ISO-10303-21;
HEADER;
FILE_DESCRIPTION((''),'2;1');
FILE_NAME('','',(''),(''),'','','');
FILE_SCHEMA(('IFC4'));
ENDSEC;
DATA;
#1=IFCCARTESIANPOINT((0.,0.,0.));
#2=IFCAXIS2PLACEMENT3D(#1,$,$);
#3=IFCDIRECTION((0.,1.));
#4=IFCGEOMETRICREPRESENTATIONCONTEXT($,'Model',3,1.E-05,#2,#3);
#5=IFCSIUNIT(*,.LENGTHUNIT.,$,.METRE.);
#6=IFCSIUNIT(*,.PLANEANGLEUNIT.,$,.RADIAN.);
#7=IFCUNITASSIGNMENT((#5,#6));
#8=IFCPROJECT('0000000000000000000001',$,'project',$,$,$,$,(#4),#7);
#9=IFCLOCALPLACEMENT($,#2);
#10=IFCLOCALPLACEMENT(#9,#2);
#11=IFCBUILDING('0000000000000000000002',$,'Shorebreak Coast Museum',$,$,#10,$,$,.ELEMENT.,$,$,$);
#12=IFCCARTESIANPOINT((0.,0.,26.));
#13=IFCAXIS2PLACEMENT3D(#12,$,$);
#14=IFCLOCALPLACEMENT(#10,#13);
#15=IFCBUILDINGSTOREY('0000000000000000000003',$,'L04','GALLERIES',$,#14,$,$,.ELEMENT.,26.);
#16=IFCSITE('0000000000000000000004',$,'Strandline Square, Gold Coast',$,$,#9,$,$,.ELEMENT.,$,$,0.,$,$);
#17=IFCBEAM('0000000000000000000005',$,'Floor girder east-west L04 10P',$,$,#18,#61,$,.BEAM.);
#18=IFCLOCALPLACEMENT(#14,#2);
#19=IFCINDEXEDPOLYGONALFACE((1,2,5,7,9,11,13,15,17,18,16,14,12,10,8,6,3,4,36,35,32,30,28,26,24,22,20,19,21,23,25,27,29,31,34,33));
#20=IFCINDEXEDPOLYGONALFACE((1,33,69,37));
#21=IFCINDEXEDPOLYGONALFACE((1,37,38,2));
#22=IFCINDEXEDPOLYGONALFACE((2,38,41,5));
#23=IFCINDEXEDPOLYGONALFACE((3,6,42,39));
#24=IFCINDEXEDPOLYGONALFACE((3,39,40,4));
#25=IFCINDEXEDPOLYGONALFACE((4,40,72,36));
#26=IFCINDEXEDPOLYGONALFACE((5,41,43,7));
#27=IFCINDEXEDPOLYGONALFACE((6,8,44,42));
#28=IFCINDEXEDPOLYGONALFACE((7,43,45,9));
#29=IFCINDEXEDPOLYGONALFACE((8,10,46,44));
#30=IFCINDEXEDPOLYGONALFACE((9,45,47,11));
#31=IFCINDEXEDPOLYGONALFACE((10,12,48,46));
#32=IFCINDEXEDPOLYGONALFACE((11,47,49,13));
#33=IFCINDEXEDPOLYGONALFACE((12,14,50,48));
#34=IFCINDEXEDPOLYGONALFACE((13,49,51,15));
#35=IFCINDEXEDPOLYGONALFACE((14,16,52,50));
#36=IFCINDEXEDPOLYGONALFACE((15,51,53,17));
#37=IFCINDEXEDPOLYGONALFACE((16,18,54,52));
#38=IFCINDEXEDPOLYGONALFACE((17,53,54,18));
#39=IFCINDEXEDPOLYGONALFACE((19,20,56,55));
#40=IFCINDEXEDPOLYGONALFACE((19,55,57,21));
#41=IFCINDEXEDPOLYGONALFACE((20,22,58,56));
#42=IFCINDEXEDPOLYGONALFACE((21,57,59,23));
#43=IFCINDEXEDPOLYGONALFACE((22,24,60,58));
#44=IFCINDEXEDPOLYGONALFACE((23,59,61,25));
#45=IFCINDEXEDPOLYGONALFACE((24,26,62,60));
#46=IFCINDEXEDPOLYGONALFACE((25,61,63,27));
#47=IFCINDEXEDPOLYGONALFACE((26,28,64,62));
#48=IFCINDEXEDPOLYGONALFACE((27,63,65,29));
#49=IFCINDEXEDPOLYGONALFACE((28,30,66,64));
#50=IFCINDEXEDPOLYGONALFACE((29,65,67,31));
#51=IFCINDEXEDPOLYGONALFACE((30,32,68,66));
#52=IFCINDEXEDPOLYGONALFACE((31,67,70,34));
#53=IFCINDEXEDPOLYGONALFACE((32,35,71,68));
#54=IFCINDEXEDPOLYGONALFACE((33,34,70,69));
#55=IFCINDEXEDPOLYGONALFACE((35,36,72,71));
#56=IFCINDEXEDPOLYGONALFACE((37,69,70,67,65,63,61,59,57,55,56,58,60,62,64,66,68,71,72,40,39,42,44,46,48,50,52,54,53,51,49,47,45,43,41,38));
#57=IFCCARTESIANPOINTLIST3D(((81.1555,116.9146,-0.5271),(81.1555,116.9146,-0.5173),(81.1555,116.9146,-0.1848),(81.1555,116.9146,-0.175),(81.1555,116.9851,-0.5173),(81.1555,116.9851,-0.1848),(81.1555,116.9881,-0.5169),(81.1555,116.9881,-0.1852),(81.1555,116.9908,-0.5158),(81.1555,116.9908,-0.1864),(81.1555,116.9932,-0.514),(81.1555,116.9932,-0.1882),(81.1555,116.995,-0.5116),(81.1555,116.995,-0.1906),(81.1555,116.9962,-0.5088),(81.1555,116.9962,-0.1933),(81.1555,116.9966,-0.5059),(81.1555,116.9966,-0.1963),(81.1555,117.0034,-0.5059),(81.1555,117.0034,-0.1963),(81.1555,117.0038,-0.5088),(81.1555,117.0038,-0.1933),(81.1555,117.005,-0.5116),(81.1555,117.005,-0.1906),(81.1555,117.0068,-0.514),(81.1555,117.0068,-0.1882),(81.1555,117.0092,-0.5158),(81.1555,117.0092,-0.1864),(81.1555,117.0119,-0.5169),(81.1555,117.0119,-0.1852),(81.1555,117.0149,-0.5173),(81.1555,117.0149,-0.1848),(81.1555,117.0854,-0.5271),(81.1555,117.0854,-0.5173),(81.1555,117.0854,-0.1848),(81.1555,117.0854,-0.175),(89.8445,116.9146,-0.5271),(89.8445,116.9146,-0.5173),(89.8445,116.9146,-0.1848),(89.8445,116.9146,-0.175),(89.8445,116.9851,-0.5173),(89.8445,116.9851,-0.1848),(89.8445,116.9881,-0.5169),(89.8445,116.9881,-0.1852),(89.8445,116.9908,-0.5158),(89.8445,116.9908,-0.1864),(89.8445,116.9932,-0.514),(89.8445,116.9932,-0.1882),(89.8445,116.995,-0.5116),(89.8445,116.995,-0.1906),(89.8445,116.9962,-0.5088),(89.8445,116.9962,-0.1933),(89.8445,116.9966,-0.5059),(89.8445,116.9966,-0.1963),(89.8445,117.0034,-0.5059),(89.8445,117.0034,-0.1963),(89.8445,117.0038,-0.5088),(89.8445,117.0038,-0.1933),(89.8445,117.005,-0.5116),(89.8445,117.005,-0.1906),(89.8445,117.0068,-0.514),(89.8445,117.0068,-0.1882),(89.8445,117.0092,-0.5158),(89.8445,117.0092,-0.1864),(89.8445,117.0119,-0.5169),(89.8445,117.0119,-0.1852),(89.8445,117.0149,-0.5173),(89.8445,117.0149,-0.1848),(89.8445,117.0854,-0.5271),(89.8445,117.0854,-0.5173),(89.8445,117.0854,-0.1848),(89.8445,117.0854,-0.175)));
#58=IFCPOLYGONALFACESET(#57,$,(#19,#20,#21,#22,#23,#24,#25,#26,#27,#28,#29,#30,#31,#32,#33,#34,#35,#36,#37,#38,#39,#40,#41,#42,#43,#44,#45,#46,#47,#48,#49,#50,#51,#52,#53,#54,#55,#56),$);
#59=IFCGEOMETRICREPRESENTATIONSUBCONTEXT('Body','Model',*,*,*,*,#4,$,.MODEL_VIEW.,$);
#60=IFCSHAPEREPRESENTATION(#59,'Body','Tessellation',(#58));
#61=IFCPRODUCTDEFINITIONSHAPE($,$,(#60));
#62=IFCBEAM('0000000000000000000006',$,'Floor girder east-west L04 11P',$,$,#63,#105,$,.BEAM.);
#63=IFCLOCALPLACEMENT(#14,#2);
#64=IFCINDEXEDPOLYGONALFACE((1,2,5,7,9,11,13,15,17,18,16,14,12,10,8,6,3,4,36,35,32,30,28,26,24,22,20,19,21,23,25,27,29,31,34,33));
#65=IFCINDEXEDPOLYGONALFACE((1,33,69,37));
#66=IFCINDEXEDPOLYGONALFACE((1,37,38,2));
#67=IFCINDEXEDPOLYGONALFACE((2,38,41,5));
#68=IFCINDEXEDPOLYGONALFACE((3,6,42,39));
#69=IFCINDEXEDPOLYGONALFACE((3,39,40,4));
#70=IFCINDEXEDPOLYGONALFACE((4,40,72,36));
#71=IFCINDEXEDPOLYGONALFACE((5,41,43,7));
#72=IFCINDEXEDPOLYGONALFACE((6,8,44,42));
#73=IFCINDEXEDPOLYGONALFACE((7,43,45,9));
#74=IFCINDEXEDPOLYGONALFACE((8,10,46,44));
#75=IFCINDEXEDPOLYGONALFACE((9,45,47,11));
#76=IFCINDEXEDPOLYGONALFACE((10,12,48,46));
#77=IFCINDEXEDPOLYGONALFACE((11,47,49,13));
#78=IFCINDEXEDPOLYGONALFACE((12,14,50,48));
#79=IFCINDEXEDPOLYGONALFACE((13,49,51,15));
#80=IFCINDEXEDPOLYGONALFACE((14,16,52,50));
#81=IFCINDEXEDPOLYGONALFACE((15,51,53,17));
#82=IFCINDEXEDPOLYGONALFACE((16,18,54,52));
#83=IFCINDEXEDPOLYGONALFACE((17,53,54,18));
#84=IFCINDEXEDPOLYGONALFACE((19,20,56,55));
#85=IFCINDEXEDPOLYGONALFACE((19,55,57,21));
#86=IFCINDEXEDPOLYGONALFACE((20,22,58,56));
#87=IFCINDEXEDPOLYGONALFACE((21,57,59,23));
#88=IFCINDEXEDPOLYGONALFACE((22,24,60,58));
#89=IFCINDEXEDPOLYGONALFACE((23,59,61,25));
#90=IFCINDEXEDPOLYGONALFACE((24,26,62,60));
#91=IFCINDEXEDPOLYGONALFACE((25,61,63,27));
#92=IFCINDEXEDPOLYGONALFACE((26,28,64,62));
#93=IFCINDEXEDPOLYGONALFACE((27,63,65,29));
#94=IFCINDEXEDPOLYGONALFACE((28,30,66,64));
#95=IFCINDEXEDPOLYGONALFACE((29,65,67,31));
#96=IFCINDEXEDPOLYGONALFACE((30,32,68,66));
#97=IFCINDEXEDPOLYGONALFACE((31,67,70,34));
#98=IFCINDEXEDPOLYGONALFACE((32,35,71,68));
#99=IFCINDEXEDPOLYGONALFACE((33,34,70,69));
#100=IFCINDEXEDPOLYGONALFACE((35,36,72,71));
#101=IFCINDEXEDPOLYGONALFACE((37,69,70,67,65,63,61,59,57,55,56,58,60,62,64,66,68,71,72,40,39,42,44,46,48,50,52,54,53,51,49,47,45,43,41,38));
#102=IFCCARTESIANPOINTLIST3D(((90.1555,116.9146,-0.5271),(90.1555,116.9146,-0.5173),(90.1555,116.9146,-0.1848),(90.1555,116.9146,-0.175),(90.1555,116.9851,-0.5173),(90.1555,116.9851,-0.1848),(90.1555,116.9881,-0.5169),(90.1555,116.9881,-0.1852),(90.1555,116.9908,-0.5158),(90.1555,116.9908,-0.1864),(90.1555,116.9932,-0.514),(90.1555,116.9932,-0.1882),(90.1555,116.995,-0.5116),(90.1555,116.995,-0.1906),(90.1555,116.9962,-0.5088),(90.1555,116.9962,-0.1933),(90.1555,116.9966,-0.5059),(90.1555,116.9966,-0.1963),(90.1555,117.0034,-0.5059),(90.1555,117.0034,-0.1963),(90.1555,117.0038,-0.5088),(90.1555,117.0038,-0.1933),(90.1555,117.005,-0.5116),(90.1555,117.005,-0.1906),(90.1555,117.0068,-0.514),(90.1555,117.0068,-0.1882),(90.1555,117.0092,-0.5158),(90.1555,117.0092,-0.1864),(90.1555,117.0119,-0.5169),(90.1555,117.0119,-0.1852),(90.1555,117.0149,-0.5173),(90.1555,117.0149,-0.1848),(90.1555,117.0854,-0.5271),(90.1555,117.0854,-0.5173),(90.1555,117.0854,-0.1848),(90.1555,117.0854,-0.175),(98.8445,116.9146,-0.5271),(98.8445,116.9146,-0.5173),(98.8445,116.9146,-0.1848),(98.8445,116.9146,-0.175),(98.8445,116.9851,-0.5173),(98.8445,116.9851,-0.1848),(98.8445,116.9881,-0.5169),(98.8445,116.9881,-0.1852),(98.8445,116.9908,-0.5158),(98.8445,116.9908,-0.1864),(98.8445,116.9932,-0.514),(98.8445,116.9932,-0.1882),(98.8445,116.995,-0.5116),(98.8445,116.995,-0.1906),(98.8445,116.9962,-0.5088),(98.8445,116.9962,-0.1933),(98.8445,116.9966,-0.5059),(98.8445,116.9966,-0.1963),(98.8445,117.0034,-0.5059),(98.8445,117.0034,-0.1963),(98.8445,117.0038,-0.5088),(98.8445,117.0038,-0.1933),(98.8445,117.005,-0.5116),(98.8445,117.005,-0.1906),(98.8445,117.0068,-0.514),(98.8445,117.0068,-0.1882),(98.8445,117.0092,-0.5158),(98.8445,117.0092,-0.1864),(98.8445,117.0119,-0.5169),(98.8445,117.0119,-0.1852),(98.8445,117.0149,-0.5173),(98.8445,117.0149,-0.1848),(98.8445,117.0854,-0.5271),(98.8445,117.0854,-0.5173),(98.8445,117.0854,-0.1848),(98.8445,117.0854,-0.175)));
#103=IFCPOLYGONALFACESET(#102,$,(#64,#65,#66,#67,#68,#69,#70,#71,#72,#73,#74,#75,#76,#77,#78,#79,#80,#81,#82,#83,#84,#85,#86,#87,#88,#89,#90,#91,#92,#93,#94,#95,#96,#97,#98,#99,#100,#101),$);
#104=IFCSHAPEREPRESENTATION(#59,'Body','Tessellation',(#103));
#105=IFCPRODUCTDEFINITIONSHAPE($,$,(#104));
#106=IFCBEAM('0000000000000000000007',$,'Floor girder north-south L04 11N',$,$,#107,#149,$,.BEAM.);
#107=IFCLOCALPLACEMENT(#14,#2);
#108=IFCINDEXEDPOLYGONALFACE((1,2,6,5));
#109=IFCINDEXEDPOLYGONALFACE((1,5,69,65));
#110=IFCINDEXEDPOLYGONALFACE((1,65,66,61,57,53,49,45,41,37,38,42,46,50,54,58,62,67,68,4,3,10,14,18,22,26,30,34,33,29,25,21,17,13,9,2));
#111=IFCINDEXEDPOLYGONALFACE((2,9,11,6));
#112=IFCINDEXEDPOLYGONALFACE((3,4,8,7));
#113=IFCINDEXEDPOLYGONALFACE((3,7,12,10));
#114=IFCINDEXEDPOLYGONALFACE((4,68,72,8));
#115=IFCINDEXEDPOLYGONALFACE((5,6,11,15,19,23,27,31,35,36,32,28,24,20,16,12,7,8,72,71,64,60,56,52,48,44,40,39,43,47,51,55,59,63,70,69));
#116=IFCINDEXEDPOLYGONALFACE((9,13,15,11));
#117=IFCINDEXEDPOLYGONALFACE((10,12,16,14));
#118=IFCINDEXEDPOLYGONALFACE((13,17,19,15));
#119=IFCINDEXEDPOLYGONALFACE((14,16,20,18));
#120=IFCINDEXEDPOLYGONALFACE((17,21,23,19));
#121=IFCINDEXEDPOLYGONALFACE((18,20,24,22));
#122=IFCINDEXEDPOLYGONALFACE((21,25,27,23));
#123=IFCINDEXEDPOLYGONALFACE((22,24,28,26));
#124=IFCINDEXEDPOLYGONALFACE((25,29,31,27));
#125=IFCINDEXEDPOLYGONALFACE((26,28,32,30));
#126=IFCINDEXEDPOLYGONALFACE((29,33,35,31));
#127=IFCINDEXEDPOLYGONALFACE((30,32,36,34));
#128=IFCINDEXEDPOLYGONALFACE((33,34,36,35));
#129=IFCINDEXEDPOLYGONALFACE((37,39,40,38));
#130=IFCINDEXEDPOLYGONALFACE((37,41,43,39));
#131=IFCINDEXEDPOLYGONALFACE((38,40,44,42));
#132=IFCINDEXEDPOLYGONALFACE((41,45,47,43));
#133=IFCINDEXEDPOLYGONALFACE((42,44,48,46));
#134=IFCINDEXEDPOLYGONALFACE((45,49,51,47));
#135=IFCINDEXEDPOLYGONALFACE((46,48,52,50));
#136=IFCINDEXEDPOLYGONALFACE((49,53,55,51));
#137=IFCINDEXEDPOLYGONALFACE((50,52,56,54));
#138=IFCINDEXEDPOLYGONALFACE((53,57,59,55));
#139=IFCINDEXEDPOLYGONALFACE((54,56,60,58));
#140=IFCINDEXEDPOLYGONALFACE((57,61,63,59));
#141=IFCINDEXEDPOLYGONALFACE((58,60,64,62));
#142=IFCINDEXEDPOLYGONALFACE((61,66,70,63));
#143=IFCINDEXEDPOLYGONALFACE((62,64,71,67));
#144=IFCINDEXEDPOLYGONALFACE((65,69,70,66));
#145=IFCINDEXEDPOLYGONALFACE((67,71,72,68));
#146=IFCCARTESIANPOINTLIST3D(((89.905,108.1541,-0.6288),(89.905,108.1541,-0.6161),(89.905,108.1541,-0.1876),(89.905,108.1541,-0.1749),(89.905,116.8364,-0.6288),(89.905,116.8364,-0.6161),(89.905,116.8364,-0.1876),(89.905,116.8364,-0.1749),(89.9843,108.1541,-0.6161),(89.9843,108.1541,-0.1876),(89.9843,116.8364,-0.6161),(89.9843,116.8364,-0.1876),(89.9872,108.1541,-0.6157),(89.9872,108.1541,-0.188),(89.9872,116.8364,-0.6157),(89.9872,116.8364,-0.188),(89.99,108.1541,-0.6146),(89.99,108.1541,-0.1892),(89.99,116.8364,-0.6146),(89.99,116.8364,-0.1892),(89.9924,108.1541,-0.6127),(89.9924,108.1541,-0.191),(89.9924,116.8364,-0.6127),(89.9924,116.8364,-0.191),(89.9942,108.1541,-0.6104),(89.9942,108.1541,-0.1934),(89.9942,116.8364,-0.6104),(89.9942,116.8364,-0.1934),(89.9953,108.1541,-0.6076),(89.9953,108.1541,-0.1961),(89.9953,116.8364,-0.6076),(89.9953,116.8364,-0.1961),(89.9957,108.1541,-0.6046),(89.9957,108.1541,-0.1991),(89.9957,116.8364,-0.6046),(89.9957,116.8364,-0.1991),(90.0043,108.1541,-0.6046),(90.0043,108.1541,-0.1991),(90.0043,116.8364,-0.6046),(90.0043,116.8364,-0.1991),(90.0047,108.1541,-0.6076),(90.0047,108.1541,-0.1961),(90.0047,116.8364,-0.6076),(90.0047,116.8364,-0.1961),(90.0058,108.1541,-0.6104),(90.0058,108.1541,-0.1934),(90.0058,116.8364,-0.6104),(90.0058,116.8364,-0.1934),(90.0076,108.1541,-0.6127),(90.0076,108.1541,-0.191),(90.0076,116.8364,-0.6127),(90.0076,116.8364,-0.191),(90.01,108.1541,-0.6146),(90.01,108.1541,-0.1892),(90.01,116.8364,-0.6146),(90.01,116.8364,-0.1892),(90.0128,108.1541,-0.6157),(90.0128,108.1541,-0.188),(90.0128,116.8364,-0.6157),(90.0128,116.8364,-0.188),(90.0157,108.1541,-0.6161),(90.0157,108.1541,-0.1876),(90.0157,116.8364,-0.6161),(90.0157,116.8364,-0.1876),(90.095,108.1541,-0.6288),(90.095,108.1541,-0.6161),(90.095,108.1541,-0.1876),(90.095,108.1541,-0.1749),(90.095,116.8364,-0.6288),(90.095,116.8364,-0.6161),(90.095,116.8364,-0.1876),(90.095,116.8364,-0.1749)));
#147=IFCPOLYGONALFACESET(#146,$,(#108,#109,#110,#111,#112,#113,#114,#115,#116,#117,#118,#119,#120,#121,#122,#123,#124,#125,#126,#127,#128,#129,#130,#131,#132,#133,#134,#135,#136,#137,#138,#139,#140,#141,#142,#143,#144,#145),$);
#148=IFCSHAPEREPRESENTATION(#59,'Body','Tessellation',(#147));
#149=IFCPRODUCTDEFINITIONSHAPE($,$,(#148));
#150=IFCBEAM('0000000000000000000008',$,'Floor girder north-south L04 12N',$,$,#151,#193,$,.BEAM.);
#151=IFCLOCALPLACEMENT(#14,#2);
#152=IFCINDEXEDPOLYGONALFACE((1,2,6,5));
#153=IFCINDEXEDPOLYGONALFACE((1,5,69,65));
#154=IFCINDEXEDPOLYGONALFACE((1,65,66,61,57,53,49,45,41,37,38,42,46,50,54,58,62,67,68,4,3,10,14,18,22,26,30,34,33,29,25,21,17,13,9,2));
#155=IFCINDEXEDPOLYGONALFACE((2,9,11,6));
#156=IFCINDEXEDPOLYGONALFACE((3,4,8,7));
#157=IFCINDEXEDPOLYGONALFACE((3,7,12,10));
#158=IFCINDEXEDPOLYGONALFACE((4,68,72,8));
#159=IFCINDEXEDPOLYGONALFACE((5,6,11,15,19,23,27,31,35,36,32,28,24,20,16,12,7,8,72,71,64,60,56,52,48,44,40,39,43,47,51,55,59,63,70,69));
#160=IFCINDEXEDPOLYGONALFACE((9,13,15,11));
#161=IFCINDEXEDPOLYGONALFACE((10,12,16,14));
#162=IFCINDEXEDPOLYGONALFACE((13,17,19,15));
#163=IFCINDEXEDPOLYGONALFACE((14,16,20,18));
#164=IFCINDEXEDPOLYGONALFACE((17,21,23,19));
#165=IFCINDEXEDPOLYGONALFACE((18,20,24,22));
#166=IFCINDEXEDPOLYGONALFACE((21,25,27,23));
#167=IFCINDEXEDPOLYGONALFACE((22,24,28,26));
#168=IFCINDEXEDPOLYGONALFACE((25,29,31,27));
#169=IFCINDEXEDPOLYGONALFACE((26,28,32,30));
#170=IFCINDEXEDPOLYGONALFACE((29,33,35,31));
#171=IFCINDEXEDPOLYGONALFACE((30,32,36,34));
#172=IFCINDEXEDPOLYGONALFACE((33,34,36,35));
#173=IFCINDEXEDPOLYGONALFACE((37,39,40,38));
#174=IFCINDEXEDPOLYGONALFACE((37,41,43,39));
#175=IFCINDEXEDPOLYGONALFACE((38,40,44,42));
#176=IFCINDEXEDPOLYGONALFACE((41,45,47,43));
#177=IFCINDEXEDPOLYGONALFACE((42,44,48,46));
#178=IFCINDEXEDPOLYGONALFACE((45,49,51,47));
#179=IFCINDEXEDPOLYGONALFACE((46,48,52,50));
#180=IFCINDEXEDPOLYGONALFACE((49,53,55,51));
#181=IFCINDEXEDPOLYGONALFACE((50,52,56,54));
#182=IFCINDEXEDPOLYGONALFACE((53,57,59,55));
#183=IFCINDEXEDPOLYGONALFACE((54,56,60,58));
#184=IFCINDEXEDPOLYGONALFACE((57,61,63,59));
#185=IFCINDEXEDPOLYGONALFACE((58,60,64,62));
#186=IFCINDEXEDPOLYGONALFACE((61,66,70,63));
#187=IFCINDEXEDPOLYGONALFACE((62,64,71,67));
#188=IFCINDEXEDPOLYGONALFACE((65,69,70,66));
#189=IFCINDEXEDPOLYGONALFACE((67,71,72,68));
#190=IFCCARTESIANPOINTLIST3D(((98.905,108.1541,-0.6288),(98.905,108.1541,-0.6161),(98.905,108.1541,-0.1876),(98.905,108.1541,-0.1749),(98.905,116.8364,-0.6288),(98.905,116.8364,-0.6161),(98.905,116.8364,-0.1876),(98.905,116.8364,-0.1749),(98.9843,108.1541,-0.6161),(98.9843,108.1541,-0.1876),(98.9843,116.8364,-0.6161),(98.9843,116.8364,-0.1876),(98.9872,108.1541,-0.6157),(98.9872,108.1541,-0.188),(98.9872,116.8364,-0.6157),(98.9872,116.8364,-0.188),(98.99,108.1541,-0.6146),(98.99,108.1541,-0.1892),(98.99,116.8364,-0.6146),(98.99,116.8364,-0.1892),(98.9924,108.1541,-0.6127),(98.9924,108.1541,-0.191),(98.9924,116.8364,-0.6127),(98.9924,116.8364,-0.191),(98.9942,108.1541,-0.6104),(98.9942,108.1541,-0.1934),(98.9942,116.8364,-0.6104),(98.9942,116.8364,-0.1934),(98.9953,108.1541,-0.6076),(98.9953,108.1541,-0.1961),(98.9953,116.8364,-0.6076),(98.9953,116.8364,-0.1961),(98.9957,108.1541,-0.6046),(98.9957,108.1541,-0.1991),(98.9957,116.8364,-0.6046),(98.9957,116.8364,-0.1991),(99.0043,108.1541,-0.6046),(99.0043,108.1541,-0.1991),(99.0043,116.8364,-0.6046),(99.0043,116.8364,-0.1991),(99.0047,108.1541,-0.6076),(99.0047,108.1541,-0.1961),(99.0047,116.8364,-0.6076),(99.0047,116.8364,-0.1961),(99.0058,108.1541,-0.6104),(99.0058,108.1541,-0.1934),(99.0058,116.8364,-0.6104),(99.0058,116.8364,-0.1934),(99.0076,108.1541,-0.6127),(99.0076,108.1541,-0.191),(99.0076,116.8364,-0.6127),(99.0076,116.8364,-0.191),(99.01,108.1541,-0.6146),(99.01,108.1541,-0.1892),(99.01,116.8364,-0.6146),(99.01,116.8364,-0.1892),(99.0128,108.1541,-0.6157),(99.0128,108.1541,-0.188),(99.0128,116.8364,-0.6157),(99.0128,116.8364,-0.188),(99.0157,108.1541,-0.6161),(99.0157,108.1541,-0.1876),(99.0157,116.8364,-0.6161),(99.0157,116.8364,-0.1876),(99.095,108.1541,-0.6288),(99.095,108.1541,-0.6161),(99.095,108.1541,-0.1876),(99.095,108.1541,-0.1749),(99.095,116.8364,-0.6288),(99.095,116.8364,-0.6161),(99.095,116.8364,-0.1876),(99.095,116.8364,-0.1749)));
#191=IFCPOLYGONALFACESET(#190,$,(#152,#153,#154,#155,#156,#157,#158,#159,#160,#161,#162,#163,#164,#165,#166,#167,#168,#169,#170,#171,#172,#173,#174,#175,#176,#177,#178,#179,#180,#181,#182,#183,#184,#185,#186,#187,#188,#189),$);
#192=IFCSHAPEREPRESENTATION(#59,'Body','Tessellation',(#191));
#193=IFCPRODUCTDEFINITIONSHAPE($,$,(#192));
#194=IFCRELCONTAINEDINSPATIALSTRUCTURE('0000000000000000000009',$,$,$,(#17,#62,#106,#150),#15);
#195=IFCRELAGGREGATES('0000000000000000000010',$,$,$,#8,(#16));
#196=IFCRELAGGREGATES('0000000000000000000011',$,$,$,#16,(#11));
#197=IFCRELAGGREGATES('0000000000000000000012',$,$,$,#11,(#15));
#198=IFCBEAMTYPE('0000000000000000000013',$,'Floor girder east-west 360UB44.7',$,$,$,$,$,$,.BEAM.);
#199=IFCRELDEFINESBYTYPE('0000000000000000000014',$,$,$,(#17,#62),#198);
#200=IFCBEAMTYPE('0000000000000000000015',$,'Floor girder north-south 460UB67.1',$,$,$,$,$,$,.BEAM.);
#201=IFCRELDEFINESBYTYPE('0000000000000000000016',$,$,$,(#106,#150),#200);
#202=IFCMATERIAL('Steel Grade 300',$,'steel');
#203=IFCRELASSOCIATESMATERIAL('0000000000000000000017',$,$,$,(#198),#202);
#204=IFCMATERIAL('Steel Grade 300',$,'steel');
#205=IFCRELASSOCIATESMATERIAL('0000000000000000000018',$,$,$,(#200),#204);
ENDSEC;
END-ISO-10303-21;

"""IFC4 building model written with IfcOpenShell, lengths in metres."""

from ifc_helpers import new_model, si_unit, direction, frame, origin, origin_2d, place, context, subcontext, project, spatial, i_section, extrude, material, material_profile, profile_set, type_object, element, save


model = new_model("IFC4")

# Units and contexts
model_context = context("Model", 3, precision=1e-05, world=origin(), true_north=direction((0.0, 1.0)))
body_context = subcontext(model_context, "Body", "Model", "MODEL_VIEW")
ifc_project = project(units=[si_unit("LENGTHUNIT", "METRE"), si_unit("PLANEANGLEUNIT", "RADIAN")], contexts=[model_context])

# Site, building, storey
site_placement = place(None, origin())
site = spatial("IfcSite", under=ifc_project, at=site_placement, Name="Strandline Square, Gold Coast", CompositionType="ELEMENT", RefElevation=0.0)
building_placement = place(site_placement, origin())
building = spatial("IfcBuilding", under=site, at=building_placement, Name="Shorebreak Coast Museum", CompositionType="ELEMENT")
storey_placement = place(building_placement, frame((0.0, 0.0, 26.0)))
storey = spatial("IfcBuildingStorey", under=building, at=storey_placement, Name="L04", Description="GALLERIES", CompositionType="ELEMENT", Elevation=26.0)

# Beams
ifc_material_1 = material(Name="Steel Grade 300", Category="steel")
ifc_material_profile_1 = material_profile(ifc_material_1, i_section(OverallWidth=0.1709, OverallDepth=0.3521, WebThickness=0.0068, FlangeThickness=0.0098, FilletRadius=0.0115, at=origin_2d()), Name="360UB44.7")
ifc_profile_set_1 = profile_set([ifc_material_profile_1], Name="Steel Grade 300")
beam_type_1 = type_object("IfcBeamType", Name="Floor girder east-west 360UB44.7", PredefinedType="BEAM", material=ifc_profile_set_1)
for number, where, z_axis, x_axis, name in (
    (1, (81.1555, 117.0, -0.3511), (1.0, 0.0, 0.0), (0.0, 1.0, 0.0), "Floor girder east-west L04 10P"),
    (2, (90.1555, 117.0, -0.3511), (1.0, 0.0, 0.0), (0.0, 1.0, 0.0), "Floor girder east-west L04 11P"),
):
    element("IfcBeam", number, at=place(storey_placement, frame(where, z_axis=z_axis, x_axis=x_axis)), inside=storey, type_object=beam_type_1, Name=name, PredefinedType="BEAM", context=body_context, shape_type="SweptSolid", body=[
        extrude(i_section(OverallWidth=0.1709, OverallDepth=0.3521, WebThickness=0.0068, FlangeThickness=0.0098, FilletRadius=0.0115, at=origin_2d()), origin(), (0.0, 0.0, 1.0), 8.689),
    ])
ifc_material_2 = material(Name="Steel Grade 300", Category="steel")
ifc_material_profile_2 = material_profile(ifc_material_2, i_section(OverallWidth=0.1899, OverallDepth=0.4539, WebThickness=0.0085, FlangeThickness=0.0127, FilletRadius=0.0115, at=origin_2d()), Name="460UB67.1")
ifc_profile_set_2 = profile_set([ifc_material_profile_2], Name="Steel Grade 300")
beam_type_2 = type_object("IfcBeamType", Name="Floor girder north-south 460UB67.1", PredefinedType="BEAM", material=ifc_profile_set_2)
for number, where, z_axis, x_axis, name in (
    (3, (90.0, 108.1541, -0.4019), (0.0, 1.0, 0.0), (-1.0, 0.0, 0.0), "Floor girder north-south L04 11N"),
    (4, (99.0, 108.1541, -0.4019), (0.0, 1.0, 0.0), (-1.0, 0.0, 0.0), "Floor girder north-south L04 12N"),
):
    element("IfcBeam", number, at=place(storey_placement, frame(where, z_axis=z_axis, x_axis=x_axis)), inside=storey, type_object=beam_type_2, Name=name, PredefinedType="BEAM", context=body_context, shape_type="SweptSolid", body=[
        extrude(i_section(OverallWidth=0.1899, OverallDepth=0.4539, WebThickness=0.0085, FlangeThickness=0.0127, FilletRadius=0.0115, at=origin_2d()), origin(), (0.0, 0.0, 1.0), 8.6824),
    ])

save(model, "model.ifc")
